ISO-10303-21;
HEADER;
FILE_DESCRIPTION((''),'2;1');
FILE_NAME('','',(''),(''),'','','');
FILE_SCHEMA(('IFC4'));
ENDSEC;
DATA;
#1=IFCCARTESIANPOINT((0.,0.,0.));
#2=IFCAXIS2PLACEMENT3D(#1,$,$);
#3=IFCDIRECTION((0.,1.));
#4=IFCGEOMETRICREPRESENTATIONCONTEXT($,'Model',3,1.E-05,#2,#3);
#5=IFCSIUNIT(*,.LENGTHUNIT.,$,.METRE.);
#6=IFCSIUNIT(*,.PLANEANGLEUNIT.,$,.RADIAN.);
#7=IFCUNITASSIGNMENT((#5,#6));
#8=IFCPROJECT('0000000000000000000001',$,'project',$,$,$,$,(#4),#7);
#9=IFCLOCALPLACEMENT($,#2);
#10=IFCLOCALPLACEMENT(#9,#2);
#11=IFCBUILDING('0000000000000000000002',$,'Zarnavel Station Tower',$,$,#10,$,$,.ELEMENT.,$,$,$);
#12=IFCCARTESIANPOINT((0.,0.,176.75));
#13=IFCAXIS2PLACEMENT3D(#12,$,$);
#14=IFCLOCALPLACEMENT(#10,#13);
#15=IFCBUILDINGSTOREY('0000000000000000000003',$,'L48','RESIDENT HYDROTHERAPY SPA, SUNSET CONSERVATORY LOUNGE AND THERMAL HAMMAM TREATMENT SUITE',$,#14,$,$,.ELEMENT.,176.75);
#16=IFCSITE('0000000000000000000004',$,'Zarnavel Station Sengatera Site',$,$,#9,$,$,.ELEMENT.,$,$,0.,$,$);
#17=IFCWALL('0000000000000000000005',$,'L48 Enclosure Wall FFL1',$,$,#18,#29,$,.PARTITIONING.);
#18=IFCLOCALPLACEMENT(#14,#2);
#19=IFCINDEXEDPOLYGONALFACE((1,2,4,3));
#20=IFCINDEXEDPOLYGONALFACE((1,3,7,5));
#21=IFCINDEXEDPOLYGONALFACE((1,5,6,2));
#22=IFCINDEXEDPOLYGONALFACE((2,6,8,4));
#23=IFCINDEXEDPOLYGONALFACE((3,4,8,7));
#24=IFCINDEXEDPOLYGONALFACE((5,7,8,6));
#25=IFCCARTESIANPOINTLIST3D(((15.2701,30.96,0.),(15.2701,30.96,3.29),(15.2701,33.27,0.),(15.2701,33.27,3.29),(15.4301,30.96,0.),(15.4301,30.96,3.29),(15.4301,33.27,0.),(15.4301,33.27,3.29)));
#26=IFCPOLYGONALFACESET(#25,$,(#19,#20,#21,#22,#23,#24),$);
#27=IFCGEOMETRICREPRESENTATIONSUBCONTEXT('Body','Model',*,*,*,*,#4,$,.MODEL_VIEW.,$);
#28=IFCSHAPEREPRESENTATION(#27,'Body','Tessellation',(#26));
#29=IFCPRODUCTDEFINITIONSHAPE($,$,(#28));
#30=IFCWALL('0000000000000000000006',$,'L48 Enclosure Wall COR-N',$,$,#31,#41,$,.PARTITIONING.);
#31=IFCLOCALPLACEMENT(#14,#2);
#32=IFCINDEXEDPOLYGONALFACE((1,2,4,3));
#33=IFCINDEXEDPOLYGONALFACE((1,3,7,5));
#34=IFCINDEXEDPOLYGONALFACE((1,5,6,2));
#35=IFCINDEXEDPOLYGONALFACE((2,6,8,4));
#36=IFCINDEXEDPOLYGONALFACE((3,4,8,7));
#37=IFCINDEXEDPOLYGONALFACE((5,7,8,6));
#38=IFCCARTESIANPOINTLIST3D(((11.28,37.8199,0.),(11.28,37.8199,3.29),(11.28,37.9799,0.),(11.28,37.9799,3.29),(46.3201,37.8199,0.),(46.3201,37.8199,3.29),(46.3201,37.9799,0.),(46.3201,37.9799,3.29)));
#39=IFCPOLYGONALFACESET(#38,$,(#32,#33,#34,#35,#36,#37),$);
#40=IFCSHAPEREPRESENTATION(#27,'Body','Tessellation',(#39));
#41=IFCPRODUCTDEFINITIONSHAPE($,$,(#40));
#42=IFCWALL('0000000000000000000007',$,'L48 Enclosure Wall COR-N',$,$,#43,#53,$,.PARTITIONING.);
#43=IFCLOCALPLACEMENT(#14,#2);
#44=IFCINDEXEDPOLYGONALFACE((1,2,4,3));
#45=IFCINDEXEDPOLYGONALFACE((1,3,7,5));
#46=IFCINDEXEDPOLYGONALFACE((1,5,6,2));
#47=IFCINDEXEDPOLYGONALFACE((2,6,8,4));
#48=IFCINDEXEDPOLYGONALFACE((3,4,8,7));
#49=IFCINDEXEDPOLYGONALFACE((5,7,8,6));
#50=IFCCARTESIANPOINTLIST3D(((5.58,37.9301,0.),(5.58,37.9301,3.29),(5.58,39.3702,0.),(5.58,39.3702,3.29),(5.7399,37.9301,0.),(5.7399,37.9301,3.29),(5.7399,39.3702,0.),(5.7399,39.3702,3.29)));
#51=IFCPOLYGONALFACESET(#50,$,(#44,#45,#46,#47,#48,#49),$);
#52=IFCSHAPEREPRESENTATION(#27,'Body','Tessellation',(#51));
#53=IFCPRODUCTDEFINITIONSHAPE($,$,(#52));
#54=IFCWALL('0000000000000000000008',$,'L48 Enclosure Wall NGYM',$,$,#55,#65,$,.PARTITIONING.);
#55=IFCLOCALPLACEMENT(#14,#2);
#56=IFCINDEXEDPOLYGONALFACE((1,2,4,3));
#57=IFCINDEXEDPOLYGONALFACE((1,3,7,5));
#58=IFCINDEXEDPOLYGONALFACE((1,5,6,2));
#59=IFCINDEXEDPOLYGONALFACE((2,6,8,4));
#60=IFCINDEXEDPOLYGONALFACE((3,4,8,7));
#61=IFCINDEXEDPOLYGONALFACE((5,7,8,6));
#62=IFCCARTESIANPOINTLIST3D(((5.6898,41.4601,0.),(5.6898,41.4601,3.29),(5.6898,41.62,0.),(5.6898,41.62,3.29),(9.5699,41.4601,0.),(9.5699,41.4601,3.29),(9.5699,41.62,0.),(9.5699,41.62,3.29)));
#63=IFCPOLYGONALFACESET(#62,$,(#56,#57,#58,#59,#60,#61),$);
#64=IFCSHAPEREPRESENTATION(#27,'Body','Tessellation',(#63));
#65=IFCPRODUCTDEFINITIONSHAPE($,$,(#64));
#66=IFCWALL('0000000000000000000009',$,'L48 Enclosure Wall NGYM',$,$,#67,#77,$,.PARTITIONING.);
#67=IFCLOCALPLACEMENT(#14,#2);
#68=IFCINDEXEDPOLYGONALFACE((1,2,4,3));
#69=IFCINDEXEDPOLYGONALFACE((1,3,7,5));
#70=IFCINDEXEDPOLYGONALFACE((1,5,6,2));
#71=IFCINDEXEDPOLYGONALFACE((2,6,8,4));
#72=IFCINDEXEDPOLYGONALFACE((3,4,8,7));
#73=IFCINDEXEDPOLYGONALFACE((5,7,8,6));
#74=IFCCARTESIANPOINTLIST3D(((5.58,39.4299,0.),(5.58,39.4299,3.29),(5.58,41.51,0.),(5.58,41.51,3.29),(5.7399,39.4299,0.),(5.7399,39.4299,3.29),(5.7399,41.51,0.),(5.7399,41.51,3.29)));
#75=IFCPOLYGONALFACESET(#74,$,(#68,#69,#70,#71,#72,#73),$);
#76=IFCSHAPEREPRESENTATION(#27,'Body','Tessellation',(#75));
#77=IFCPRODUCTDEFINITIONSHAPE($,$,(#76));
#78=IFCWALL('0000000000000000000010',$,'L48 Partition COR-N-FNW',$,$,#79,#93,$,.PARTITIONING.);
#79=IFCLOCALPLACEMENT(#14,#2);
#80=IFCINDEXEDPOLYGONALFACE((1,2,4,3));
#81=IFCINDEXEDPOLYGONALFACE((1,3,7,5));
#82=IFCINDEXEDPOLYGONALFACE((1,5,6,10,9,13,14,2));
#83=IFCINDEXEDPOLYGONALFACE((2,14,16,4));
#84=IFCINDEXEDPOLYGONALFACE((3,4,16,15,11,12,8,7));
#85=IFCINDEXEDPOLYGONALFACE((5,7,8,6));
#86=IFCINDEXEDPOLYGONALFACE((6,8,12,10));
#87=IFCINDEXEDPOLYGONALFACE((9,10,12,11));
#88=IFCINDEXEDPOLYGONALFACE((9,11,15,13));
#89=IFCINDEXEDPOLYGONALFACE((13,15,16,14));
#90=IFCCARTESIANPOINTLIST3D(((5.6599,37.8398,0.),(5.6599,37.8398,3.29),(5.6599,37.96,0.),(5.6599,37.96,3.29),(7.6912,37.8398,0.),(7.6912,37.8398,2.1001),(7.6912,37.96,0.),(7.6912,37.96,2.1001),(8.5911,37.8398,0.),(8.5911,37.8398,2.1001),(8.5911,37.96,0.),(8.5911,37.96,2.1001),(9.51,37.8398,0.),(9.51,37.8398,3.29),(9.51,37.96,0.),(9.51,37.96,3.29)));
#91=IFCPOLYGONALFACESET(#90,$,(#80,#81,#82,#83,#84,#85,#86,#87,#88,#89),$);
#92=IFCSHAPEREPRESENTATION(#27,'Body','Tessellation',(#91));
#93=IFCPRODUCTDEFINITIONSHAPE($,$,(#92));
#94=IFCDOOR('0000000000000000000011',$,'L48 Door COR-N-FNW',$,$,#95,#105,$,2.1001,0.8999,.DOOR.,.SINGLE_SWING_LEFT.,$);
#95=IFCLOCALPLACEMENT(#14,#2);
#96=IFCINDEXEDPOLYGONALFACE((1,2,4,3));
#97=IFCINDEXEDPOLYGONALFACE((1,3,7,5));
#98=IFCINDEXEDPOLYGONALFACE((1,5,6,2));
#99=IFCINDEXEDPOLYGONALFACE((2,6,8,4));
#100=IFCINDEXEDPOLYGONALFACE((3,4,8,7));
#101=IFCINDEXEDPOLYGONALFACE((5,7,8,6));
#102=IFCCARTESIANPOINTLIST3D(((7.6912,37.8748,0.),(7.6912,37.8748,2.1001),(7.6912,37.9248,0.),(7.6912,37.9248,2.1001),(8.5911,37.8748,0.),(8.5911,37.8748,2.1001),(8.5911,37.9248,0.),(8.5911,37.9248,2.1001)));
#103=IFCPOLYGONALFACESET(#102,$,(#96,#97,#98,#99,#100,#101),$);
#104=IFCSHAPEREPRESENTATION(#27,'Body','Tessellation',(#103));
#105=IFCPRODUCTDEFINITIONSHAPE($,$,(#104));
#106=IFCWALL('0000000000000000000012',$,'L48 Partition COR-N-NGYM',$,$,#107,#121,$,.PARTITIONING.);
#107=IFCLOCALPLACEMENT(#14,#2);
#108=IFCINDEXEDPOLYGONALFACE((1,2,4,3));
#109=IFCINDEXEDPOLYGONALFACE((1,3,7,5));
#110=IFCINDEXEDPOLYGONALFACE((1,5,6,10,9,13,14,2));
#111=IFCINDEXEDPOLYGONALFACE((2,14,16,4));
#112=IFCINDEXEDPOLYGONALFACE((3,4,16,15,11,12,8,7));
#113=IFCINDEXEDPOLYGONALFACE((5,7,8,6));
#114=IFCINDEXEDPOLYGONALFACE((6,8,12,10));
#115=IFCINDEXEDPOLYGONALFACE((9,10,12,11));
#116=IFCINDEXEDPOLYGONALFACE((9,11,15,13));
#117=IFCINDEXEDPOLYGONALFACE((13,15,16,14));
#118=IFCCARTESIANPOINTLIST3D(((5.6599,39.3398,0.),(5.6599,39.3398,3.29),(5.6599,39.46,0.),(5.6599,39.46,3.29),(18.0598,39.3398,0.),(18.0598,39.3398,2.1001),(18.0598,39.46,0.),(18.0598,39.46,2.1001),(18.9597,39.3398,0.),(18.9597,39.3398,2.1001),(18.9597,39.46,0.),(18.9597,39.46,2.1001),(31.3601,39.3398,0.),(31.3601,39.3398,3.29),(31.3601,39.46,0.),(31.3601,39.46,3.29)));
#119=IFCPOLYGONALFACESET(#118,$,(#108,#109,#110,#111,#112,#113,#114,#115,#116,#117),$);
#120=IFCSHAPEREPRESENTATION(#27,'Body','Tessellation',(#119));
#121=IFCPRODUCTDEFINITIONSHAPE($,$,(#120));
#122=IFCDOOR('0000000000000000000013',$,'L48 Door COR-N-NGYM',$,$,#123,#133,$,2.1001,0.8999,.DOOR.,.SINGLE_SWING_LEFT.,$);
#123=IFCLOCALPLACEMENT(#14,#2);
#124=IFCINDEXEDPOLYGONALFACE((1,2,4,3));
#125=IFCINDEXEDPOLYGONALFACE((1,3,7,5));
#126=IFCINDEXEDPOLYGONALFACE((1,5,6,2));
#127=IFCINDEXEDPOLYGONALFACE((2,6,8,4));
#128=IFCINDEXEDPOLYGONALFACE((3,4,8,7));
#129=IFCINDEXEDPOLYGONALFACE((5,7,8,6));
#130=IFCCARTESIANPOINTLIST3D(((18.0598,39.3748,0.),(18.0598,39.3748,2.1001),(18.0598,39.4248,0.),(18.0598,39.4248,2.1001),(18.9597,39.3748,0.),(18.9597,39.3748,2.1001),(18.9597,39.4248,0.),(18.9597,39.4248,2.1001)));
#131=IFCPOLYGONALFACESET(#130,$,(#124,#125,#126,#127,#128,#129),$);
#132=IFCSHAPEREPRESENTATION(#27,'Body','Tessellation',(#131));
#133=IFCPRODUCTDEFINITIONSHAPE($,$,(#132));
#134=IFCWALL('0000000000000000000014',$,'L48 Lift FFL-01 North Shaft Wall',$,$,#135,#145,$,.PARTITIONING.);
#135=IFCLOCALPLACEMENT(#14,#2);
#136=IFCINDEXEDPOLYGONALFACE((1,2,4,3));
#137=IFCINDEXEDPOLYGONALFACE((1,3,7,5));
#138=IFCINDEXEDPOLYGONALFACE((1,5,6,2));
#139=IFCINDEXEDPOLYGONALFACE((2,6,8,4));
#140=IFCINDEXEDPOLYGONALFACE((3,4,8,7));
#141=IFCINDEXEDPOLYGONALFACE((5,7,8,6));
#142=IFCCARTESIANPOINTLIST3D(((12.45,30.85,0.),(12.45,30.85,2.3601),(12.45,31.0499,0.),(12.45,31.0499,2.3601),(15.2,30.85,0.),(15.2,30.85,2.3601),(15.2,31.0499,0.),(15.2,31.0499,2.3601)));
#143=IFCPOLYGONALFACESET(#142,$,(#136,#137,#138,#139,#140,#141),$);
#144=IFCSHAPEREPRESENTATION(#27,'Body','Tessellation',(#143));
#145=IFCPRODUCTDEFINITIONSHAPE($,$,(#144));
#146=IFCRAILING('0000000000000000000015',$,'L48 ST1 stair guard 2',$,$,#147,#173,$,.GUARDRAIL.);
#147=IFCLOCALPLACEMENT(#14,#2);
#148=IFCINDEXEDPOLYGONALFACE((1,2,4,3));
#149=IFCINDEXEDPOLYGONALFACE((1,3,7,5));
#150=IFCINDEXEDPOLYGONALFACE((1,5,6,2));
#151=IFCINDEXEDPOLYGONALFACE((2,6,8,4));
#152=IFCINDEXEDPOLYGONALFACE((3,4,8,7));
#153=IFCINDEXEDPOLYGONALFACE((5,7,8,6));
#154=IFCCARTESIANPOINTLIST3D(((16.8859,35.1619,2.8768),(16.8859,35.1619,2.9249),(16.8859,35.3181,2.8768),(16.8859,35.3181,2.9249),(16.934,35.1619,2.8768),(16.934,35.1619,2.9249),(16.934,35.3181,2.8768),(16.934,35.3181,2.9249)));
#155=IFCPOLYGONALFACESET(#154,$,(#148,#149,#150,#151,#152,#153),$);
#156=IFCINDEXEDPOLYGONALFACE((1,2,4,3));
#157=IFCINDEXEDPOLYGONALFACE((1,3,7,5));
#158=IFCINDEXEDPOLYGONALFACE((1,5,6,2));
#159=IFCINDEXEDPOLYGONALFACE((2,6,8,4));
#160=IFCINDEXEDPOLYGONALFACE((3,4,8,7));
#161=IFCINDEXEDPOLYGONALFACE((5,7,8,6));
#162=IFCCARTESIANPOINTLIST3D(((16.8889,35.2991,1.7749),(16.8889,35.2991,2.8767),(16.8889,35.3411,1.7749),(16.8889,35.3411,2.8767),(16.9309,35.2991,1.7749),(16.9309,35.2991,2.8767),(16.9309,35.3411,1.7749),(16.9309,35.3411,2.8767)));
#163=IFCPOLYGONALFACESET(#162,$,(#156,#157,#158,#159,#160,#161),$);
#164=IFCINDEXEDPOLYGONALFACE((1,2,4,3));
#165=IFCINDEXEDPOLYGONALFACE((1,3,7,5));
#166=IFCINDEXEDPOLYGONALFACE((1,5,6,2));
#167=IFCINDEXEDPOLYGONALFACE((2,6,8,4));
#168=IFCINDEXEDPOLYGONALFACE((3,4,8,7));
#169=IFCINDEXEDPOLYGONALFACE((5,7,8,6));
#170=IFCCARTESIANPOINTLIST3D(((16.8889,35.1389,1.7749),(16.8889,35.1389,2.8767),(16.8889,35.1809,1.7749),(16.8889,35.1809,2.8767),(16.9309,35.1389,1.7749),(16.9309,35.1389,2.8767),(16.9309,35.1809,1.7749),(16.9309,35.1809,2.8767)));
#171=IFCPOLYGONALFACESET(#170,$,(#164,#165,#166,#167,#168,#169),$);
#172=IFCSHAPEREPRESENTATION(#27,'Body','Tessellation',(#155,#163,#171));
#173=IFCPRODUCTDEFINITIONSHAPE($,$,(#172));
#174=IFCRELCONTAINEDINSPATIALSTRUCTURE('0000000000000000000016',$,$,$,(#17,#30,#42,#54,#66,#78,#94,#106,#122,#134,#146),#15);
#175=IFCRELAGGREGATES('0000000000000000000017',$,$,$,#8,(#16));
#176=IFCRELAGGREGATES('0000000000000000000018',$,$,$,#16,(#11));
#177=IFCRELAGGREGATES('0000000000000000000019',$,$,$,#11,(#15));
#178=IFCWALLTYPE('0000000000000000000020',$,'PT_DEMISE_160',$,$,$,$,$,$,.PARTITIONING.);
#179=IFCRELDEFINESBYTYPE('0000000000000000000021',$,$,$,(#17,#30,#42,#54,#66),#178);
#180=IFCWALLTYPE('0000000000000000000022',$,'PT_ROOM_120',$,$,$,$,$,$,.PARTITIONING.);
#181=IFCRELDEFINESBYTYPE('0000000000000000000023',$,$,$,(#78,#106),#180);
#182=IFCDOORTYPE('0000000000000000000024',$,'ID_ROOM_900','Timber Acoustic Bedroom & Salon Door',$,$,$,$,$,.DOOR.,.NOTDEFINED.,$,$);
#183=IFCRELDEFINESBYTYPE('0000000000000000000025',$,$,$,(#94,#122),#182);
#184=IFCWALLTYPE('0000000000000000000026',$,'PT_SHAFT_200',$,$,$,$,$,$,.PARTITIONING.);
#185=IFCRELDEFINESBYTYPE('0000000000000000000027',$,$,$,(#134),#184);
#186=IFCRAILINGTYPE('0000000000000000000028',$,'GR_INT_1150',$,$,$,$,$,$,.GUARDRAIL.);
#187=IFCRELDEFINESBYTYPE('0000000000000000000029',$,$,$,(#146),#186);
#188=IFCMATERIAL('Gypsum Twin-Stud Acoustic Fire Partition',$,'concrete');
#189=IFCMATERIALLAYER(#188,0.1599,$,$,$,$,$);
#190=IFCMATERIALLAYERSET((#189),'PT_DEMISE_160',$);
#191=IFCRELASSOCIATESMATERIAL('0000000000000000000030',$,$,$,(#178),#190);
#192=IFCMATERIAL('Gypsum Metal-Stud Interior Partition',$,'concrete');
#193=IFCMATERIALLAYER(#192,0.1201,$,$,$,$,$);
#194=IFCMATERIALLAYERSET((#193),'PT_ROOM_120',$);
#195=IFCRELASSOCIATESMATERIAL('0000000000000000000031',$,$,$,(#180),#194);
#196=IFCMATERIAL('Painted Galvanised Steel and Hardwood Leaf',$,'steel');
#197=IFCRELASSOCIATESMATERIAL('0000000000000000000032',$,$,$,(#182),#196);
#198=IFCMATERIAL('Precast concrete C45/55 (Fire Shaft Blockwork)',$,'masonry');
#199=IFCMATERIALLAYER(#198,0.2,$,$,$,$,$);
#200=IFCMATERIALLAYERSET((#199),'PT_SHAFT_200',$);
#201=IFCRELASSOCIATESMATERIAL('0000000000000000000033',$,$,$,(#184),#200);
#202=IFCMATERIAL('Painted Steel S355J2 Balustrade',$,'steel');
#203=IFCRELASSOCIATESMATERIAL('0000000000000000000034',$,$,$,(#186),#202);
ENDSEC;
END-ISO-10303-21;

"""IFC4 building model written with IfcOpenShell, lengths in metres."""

from ifc_helpers import new_model, si_unit, direction, frame, frame_2d, origin, origin_2d, place, context, subcontext, project, spatial, rectangle, extrude, material, layer, layer_set, type_object, element, fill, save


model = new_model("IFC4")

# Units and contexts
model_context = context("Model", 3, precision=1e-05, world=origin(), true_north=direction((0.0, 1.0)))
body_context = subcontext(model_context, "Body", "Model", "MODEL_VIEW")
ifc_project = project(units=[si_unit("LENGTHUNIT", "METRE"), si_unit("PLANEANGLEUNIT", "RADIAN")], contexts=[model_context])

# Site, building, storey
site_placement = place(None, origin())
site = spatial("IfcSite", under=ifc_project, at=site_placement, Name="Zarnavel Station Sengatera Site", CompositionType="ELEMENT", RefElevation=0.0)
building_placement = place(site_placement, origin())
building = spatial("IfcBuilding", under=site, at=building_placement, Name="Zarnavel Station Tower", CompositionType="ELEMENT")
storey_placement = place(building_placement, frame((0.0, 0.0, 176.75)))
storey = spatial("IfcBuildingStorey", under=building, at=storey_placement, Name="L48", Description="RESIDENT HYDROTHERAPY SPA, SUNSET CONSERVATORY LOUNGE AND THERMAL HAMMAM TREATMENT SUITE", CompositionType="ELEMENT", Elevation=176.75)

# Walls
ifc_material_1 = material(Name="Gypsum Twin-Stud Acoustic Fire Partition", Category="concrete")
ifc_layer_1 = layer(ifc_material_1, 0.1599)
ifc_layer_set_1 = layer_set([ifc_layer_1], Name="PT_DEMISE_160")
wall_type_1 = type_object("IfcWallType", Name="PT_DEMISE_160", PredefinedType="PARTITIONING", material=ifc_layer_set_1)
wall_1_placement = place(storey_placement, frame((15.3501, 30.96, 0.0), z_axis=(0.0, 0.0, 1.0), x_axis=(0.0, 1.0, 0.0)))
element("IfcWall", 1, at=wall_1_placement, inside=storey, type_object=wall_type_1, Name="L48 Enclosure Wall FFL1", PredefinedType="PARTITIONING", context=body_context, shape_type="SweptSolid", body=[
    extrude(rectangle(XDim=2.3101, YDim=0.1599, at=frame_2d((1.155, 0.0))), origin(), (0.0, 0.0, 1.0), 3.29),
])
wall_2_placement = place(storey_placement, frame((11.28, 37.8999, 0.0), z_axis=(0.0, 0.0, 1.0), x_axis=(1.0, 0.0, 0.0)))
element("IfcWall", 2, at=wall_2_placement, inside=storey, type_object=wall_type_1, Name="L48 Enclosure Wall COR-N", PredefinedType="PARTITIONING", context=body_context, shape_type="SweptSolid", body=[
    extrude(rectangle(XDim=35.04, YDim=0.1599, at=frame_2d((17.52, 0.0))), origin(), (0.0, 0.0, 1.0), 3.29),
])
wall_3_placement = place(storey_placement, frame((5.6599, 37.9299, 0.0), z_axis=(0.0, 0.0, 1.0), x_axis=(0.0, 1.0, 0.0)))
element("IfcWall", 3, at=wall_3_placement, inside=storey, type_object=wall_type_1, Name="L48 Enclosure Wall COR-N", PredefinedType="PARTITIONING", context=body_context, shape_type="SweptSolid", body=[
    extrude(rectangle(XDim=1.4402, YDim=0.1599, at=frame_2d((0.7202, 0.0))), origin(), (0.0, 0.0, 1.0), 3.29),
])
wall_4_placement = place(storey_placement, frame((5.6899, 41.54, 0.0), z_axis=(0.0, 0.0, 1.0), x_axis=(1.0, 0.0, 0.0)))
element("IfcWall", 4, at=wall_4_placement, inside=storey, type_object=wall_type_1, Name="L48 Enclosure Wall NGYM", PredefinedType="PARTITIONING", context=body_context, shape_type="SweptSolid", body=[
    extrude(rectangle(XDim=3.8801, YDim=0.1599, at=frame_2d((1.9399, 0.0))), origin(), (0.0, 0.0, 1.0), 3.29),
])
wall_5_placement = place(storey_placement, frame((5.6599, 39.4299, 0.0), z_axis=(0.0, 0.0, 1.0), x_axis=(0.0, 1.0, 0.0)))
element("IfcWall", 5, at=wall_5_placement, inside=storey, type_object=wall_type_1, Name="L48 Enclosure Wall NGYM", PredefinedType="PARTITIONING", context=body_context, shape_type="SweptSolid", body=[
    extrude(rectangle(XDim=2.0801, YDim=0.1599, at=frame_2d((1.04, 0.0))), origin(), (0.0, 0.0, 1.0), 3.29),
])

# Walls, openings, doors
ifc_material_2 = material(Name="Gypsum Metal-Stud Interior Partition", Category="concrete")
ifc_layer_2 = layer(ifc_material_2, 0.1201)
ifc_layer_set_2 = layer_set([ifc_layer_2], Name="PT_ROOM_120")
wall_type_2 = type_object("IfcWallType", Name="PT_ROOM_120", PredefinedType="PARTITIONING", material=ifc_layer_set_2)
wall_6_placement = place(storey_placement, frame((5.6599, 37.8999, 0.0), z_axis=(0.0, 0.0, 1.0), x_axis=(1.0, 0.0, 0.0)))
wall_6 = element("IfcWall", 6, at=wall_6_placement, inside=storey, type_object=wall_type_2, Name="L48 Partition COR-N-FNW", PredefinedType="PARTITIONING", context=body_context, shape_type="SweptSolid", body=[
    extrude(rectangle(XDim=3.8501, YDim=0.1201, at=frame_2d((1.925, 0.0))), origin(), (0.0, 0.0, 1.0), 3.29),
])
opening_1_placement = place(wall_6_placement, frame((2.0312, 0.0, 0.0)))
opening_1 = element("IfcOpeningElement", 7, at=opening_1_placement, cuts=wall_6, PredefinedType="OPENING", context=body_context, shape_type="SweptSolid", body=[
    extrude(rectangle(XDim=0.8999, YDim=2.1001, at=frame_2d((0.45, 1.05))), frame((0.0, 0.0701, 0.0), z_axis=(0.0, -1.0, 0.0), x_axis=(1.0, 0.0, 0.0)), (0.0, 0.0, 1.0), 0.1401),
])
ifc_material_3 = material(Name="Painted Galvanised Steel and Hardwood Leaf", Category="steel")
door_type = type_object("IfcDoorType", Name="ID_ROOM_900", Description="Timber Acoustic Bedroom & Salon Door", OperationType="NOTDEFINED", PredefinedType="DOOR", material=ifc_material_3)
door_1_placement = place(opening_1_placement, origin())
door_1 = element("IfcDoor", 8, at=door_1_placement, inside=storey, type_object=door_type, Name="L48 Door COR-N-FNW", OperationType="SINGLE_SWING_LEFT", OverallHeight=2.1001, OverallWidth=0.8999, PredefinedType="DOOR", context=body_context, shape_type="SweptSolid", body=[
    extrude(rectangle(XDim=0.8999, YDim=2.1001, at=frame_2d((0.45, 1.05))), frame((0.0, 0.0249, 0.0), z_axis=(0.0, -1.0, 0.0), x_axis=(1.0, 0.0, 0.0)), (0.0, 0.0, 1.0), 0.05),
])
fill(opening_1, door_1)
wall_7_placement = place(storey_placement, frame((5.6599, 39.3999, 0.0), z_axis=(0.0, 0.0, 1.0), x_axis=(1.0, 0.0, 0.0)))
wall_7 = element("IfcWall", 9, at=wall_7_placement, inside=storey, type_object=wall_type_2, Name="L48 Partition COR-N-NGYM", PredefinedType="PARTITIONING", context=body_context, shape_type="SweptSolid", body=[
    extrude(rectangle(XDim=25.7002, YDim=0.1201, at=frame_2d((12.8501, 0.0))), origin(), (0.0, 0.0, 1.0), 3.29),
])
opening_2_placement = place(wall_7_placement, frame((12.3999, 0.0, 0.0)))
opening_2 = element("IfcOpeningElement", 10, at=opening_2_placement, cuts=wall_7, PredefinedType="OPENING", context=body_context, shape_type="SweptSolid", body=[
    extrude(rectangle(XDim=0.8999, YDim=2.1001, at=frame_2d((0.45, 1.05))), frame((0.0, 0.0701, 0.0), z_axis=(0.0, -1.0, 0.0), x_axis=(1.0, 0.0, 0.0)), (0.0, 0.0, 1.0), 0.1401),
])
door_2_placement = place(opening_2_placement, origin())
door_2 = element("IfcDoor", 11, at=door_2_placement, inside=storey, type_object=door_type, Name="L48 Door COR-N-NGYM", OperationType="SINGLE_SWING_LEFT", OverallHeight=2.1001, OverallWidth=0.8999, PredefinedType="DOOR", context=body_context, shape_type="SweptSolid", body=[
    extrude(rectangle(XDim=0.8999, YDim=2.1001, at=frame_2d((0.45, 1.05))), frame((0.0, 0.0249, 0.0), z_axis=(0.0, -1.0, 0.0), x_axis=(1.0, 0.0, 0.0)), (0.0, 0.0, 1.0), 0.05),
])
fill(opening_2, door_2)

# Wall
ifc_material_4 = material(Name="Precast concrete C45/55 (Fire Shaft Blockwork)", Category="masonry")
ifc_layer_3 = layer(ifc_material_4, 0.2)
ifc_layer_set_3 = layer_set([ifc_layer_3], Name="PT_SHAFT_200")
wall_type_3 = type_object("IfcWallType", Name="PT_SHAFT_200", PredefinedType="PARTITIONING", material=ifc_layer_set_3)
wall_8_placement = place(storey_placement, frame((12.45, 30.95, 0.0), z_axis=(0.0, 0.0, 1.0), x_axis=(1.0, 0.0, 0.0)))
element("IfcWall", 12, at=wall_8_placement, inside=storey, type_object=wall_type_3, Name="L48 Lift FFL-01 North Shaft Wall", PredefinedType="PARTITIONING", context=body_context, shape_type="SweptSolid", body=[
    extrude(rectangle(XDim=2.75, YDim=0.2, at=frame_2d((1.375, 0.0))), origin(), (0.0, 0.0, 1.0), 2.3601),
])

# Railing
ifc_material_5 = material(Name="Painted Steel S355J2 Balustrade", Category="steel")
railing_type = type_object("IfcRailingType", Name="GR_INT_1150", PredefinedType="GUARDRAIL", material=ifc_material_5)
railing_placement = place(storey_placement, frame((16.9099, 35.3201, 1.7749)))
element("IfcRailing", 13, at=railing_placement, inside=storey, type_object=railing_type, Name="L48 ST1 stair guard 2", PredefinedType="GUARDRAIL", context=body_context, shape_type="SweptSolid", body=[
    extrude(rectangle(XDim=0.0481, YDim=0.0481, at=origin_2d()), frame((0.0, -0.002, 1.126), z_axis=(0.0, -1.0, 0.0), x_axis=(1.0, 0.0, 0.0)), (0.0, 0.0, 1.0), 0.1562),
    extrude(rectangle(XDim=0.042, YDim=0.042, at=origin_2d()), origin(), (0.0, 0.0, 1.0), 1.1018),
    extrude(rectangle(XDim=0.042, YDim=0.042, at=origin_2d()), frame((0.0, -0.1602, 0.0)), (0.0, 0.0, 1.0), 1.1018),
])

save(model, "model.ifc")
